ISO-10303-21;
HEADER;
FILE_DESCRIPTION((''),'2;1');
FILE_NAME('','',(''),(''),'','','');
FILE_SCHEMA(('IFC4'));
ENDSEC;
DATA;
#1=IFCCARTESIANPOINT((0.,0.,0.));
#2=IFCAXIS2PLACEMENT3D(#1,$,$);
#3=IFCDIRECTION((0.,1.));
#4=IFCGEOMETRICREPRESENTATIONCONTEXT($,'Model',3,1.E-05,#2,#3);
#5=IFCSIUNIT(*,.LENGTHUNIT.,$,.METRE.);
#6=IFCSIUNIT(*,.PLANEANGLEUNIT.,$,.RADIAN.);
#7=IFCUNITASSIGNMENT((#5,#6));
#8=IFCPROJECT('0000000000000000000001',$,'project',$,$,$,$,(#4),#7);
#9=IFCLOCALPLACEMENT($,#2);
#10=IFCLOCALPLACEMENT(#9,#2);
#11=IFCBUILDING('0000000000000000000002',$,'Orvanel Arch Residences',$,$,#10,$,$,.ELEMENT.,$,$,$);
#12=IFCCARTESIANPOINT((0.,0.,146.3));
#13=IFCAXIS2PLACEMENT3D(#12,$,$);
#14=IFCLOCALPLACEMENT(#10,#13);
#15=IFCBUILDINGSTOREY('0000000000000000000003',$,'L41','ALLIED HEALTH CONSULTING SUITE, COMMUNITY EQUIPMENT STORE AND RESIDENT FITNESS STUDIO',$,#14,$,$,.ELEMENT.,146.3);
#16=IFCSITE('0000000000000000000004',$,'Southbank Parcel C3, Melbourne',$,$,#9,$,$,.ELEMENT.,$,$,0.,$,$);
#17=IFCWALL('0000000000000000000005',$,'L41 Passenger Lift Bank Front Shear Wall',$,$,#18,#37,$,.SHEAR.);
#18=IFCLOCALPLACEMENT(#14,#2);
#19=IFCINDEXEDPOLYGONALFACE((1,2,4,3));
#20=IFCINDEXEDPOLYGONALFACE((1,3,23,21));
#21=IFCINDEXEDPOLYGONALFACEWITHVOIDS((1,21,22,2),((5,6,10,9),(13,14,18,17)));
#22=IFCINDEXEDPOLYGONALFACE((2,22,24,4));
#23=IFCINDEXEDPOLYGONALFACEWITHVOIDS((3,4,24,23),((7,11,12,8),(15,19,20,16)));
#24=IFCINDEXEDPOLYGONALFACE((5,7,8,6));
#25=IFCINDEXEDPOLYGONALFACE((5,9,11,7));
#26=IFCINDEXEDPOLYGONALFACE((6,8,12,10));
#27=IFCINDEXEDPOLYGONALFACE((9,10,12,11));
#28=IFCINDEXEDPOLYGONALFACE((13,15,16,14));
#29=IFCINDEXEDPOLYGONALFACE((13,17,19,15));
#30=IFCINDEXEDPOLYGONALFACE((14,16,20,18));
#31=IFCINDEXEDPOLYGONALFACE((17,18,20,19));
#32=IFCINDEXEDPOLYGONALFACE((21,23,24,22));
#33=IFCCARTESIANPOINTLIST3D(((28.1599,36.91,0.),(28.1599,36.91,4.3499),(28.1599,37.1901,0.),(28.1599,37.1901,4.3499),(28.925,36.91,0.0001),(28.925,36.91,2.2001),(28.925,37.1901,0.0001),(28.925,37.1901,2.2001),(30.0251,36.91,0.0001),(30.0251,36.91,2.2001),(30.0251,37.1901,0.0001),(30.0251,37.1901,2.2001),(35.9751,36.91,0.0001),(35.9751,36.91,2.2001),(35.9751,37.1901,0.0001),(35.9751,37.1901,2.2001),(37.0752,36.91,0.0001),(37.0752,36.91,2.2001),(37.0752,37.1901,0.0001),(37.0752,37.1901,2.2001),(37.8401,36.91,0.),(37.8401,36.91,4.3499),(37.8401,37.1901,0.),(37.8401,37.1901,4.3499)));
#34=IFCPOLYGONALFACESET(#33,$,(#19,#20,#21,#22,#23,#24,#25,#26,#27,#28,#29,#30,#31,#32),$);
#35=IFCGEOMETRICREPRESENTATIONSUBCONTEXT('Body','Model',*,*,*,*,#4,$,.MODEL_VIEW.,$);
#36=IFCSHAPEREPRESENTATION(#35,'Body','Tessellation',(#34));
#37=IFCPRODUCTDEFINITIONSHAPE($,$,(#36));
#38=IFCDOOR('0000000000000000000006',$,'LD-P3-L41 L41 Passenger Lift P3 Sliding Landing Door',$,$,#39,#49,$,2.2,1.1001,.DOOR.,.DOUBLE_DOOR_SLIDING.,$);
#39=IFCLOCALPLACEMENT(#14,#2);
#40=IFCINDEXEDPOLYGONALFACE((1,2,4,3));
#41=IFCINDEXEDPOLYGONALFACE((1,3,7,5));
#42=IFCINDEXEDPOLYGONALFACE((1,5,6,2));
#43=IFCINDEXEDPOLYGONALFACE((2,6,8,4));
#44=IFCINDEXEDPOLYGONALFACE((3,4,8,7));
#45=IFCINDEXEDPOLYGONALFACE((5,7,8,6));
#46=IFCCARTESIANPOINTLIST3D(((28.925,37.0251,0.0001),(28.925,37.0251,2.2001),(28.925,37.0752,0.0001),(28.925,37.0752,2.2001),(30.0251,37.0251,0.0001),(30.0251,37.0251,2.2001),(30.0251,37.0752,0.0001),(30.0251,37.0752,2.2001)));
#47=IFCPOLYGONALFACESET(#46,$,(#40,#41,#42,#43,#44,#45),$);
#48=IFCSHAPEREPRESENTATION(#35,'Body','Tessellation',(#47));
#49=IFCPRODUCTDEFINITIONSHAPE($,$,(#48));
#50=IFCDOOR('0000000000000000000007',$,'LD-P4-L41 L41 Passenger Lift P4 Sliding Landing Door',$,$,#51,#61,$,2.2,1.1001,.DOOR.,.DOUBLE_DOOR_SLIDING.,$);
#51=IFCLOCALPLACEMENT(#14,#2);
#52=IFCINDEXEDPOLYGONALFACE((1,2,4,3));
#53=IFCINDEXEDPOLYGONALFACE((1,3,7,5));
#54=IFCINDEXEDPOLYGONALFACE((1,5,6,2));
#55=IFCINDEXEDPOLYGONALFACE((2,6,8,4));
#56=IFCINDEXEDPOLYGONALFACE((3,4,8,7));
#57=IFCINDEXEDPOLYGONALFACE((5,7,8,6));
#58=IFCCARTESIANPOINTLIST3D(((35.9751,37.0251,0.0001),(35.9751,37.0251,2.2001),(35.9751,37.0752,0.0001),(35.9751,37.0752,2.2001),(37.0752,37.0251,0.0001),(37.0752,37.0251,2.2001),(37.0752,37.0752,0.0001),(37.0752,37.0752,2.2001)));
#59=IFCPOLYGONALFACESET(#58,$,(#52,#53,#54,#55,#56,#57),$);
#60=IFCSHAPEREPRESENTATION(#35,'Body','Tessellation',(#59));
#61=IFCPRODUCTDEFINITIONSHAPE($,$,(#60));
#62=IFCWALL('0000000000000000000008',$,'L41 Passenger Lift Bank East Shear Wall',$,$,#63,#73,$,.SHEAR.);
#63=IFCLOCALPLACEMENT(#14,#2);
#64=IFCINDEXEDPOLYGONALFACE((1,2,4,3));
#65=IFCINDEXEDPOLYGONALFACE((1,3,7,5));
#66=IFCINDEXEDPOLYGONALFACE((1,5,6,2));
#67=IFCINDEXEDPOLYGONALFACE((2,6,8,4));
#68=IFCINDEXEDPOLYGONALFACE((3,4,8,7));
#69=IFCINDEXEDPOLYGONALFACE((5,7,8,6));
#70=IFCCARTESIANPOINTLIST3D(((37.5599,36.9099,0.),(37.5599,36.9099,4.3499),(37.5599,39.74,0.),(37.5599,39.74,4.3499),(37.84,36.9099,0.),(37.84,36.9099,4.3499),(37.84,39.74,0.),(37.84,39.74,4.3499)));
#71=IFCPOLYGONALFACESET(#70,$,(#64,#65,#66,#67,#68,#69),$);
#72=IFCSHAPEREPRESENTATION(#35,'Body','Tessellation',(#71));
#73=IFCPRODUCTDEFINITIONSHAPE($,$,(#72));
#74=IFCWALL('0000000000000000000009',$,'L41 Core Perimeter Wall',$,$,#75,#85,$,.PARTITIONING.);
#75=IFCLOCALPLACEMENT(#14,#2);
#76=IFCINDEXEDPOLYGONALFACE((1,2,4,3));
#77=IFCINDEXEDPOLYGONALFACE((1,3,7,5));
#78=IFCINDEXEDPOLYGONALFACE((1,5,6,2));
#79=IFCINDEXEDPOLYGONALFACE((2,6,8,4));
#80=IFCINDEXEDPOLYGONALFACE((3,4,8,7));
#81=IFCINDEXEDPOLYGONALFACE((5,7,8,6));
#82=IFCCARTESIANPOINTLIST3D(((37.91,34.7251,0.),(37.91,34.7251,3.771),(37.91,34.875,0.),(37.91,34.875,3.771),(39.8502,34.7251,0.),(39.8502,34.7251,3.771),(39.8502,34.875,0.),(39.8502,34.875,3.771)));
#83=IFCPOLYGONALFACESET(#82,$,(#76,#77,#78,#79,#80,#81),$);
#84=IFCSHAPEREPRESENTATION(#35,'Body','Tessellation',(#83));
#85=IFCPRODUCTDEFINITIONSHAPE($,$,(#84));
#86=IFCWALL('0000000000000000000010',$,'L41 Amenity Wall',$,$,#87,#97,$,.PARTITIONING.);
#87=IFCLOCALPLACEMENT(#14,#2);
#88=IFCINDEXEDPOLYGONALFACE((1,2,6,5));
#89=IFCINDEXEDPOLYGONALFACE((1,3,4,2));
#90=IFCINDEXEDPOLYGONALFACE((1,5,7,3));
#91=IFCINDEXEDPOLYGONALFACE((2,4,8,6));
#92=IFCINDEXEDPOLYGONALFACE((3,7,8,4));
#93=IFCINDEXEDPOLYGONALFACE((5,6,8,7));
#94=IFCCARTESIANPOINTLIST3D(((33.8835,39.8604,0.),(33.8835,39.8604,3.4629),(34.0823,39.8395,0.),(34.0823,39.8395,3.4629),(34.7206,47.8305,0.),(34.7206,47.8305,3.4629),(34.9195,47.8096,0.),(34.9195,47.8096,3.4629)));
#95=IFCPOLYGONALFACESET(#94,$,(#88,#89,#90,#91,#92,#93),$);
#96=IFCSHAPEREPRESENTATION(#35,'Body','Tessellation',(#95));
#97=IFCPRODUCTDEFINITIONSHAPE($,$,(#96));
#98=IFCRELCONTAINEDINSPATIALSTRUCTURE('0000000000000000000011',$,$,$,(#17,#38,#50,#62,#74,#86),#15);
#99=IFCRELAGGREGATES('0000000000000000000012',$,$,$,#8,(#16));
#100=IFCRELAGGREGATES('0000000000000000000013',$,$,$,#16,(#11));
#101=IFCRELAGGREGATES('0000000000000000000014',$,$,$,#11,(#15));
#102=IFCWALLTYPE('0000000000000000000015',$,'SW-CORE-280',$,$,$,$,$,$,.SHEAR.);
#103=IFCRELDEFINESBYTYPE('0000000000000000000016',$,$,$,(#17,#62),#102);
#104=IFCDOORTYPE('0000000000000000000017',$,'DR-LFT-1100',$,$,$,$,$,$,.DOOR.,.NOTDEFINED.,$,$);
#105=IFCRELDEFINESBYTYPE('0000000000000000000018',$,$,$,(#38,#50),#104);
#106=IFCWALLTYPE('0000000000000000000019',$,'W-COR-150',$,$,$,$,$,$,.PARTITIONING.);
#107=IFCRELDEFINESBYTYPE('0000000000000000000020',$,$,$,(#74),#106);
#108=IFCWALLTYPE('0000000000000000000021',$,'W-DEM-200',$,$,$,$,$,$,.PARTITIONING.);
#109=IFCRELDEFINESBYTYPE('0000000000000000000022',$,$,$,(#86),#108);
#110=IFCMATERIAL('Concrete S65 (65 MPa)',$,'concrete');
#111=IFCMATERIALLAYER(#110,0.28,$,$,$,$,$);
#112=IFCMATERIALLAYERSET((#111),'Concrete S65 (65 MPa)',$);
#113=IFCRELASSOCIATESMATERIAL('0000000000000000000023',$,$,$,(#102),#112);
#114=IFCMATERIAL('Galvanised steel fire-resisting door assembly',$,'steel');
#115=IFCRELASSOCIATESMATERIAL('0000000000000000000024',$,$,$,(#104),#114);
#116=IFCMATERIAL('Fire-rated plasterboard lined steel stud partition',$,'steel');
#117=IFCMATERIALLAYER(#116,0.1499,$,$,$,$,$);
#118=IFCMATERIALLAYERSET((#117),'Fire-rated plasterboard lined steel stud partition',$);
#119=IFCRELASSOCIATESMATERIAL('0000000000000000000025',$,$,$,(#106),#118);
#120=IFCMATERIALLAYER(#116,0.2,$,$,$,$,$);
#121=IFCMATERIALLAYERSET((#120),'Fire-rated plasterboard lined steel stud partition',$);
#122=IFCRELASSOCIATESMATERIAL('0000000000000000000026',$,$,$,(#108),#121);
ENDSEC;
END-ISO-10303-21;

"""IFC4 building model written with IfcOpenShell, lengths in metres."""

from ifc_helpers import new_model, si_unit, direction, frame, frame_2d, origin, place, context, subcontext, project, spatial, rectangle, extrude, material, layer, layer_set, type_object, element, fill, save


model = new_model("IFC4")

# Units and contexts
model_context = context("Model", 3, precision=1e-05, world=origin(), true_north=direction((0.0, 1.0)))
body_context = subcontext(model_context, "Body", "Model", "MODEL_VIEW")
ifc_project = project(units=[si_unit("LENGTHUNIT", "METRE"), si_unit("PLANEANGLEUNIT", "RADIAN")], contexts=[model_context])

# Site, building, storey
site_placement = place(None, origin())
site = spatial("IfcSite", under=ifc_project, at=site_placement, Name="Southbank Parcel C3, Melbourne", CompositionType="ELEMENT", RefElevation=0.0)
building_placement = place(site_placement, origin())
building = spatial("IfcBuilding", under=site, at=building_placement, Name="Orvanel Arch Residences", CompositionType="ELEMENT")
storey_placement = place(building_placement, frame((0.0, 0.0, 146.3)))
storey = spatial("IfcBuildingStorey", under=building, at=storey_placement, Name="L41", Description="ALLIED HEALTH CONSULTING SUITE, COMMUNITY EQUIPMENT STORE AND RESIDENT FITNESS STUDIO", CompositionType="ELEMENT", Elevation=146.3)

# Wall, openings, doors
ifc_material_1 = material(Name="Concrete S65 (65 MPa)", Category="concrete")
ifc_layer_1 = layer(ifc_material_1, 0.28)
ifc_layer_set_1 = layer_set([ifc_layer_1], Name="Concrete S65 (65 MPa)")
wall_type_1 = type_object("IfcWallType", Name="SW-CORE-280", PredefinedType="SHEAR", material=ifc_layer_set_1)
wall_1_placement = place(storey_placement, frame((37.8401, 37.05, 0.0), z_axis=(0.0, 0.0, 1.0), x_axis=(-1.0, 0.0, 0.0)))
wall_1 = element("IfcWall", 1, at=wall_1_placement, inside=storey, type_object=wall_type_1, Name="L41 Passenger Lift Bank Front Shear Wall", PredefinedType="SHEAR", context=body_context, shape_type="SweptSolid", body=[
    extrude(rectangle(XDim=9.6802, YDim=0.28, at=frame_2d((4.8401, 0.0))), origin(), (0.0, 0.0, 1.0), 4.3499),
])
opening_1_placement = place(wall_1_placement, frame((7.8149, 0.0, 0.0)))
opening_1 = element("IfcOpeningElement", 2, at=opening_1_placement, cuts=wall_1, PredefinedType="OPENING", context=body_context, shape_type="SweptSolid", body=[
    extrude(rectangle(XDim=1.1001, YDim=2.2, at=frame_2d((0.55, 1.1001))), frame((0.0, 0.1499, 0.0), z_axis=(0.0, -1.0, 0.0), x_axis=(1.0, 0.0, 0.0)), (0.0, 0.0, 1.0), 0.3),
])
opening_2_placement = place(wall_1_placement, frame((0.7649, 0.0, 0.0)))
opening_2 = element("IfcOpeningElement", 3, at=opening_2_placement, cuts=wall_1, PredefinedType="OPENING", context=body_context, shape_type="SweptSolid", body=[
    extrude(rectangle(XDim=1.1001, YDim=2.2, at=frame_2d((0.55, 1.1001))), frame((0.0, 0.1499, 0.0), z_axis=(0.0, -1.0, 0.0), x_axis=(1.0, 0.0, 0.0)), (0.0, 0.0, 1.0), 0.3),
])
ifc_material_2 = material(Name="Galvanised steel fire-resisting door assembly", Category="steel")
door_type = type_object("IfcDoorType", Name="DR-LFT-1100", OperationType="NOTDEFINED", PredefinedType="DOOR", material=ifc_material_2)
door_1_placement = place(opening_1_placement, origin())
door_1 = element("IfcDoor", 4, at=door_1_placement, inside=storey, type_object=door_type, Name="LD-P3-L41 L41 Passenger Lift P3 Sliding Landing Door", OperationType="DOUBLE_DOOR_SLIDING", OverallHeight=2.2, OverallWidth=1.1001, PredefinedType="DOOR", context=body_context, shape_type="SweptSolid", body=[
    extrude(rectangle(XDim=1.1001, YDim=2.2, at=frame_2d((0.55, 1.1001))), frame((0.0, 0.0249, 0.0), z_axis=(0.0, -1.0, 0.0), x_axis=(1.0, 0.0, 0.0)), (0.0, 0.0, 1.0), 0.05),
])
fill(opening_1, door_1)
door_2_placement = place(opening_2_placement, origin())
door_2 = element("IfcDoor", 5, at=door_2_placement, inside=storey, type_object=door_type, Name="LD-P4-L41 L41 Passenger Lift P4 Sliding Landing Door", OperationType="DOUBLE_DOOR_SLIDING", OverallHeight=2.2, OverallWidth=1.1001, PredefinedType="DOOR", context=body_context, shape_type="SweptSolid", body=[
    extrude(rectangle(XDim=1.1001, YDim=2.2, at=frame_2d((0.55, 1.1001))), frame((0.0, 0.0249, 0.0), z_axis=(0.0, -1.0, 0.0), x_axis=(1.0, 0.0, 0.0)), (0.0, 0.0, 1.0), 0.05),
])
fill(opening_2, door_2)

# Walls
wall_2_placement = place(storey_placement, frame((37.7, 36.9099, 0.0), z_axis=(0.0, 0.0, 1.0), x_axis=(0.0, 1.0, 0.0)))
element("IfcWall", 6, at=wall_2_placement, inside=storey, type_object=wall_type_1, Name="L41 Passenger Lift Bank East Shear Wall", PredefinedType="SHEAR", context=body_context, shape_type="SweptSolid", body=[
    extrude(rectangle(XDim=2.8301, YDim=0.28, at=frame_2d((1.415, 0.0))), origin(), (0.0, 0.0, 1.0), 4.3499),
])
ifc_material_3 = material(Name="Fire-rated plasterboard lined steel stud partition", Category="steel")
ifc_layer_2 = layer(ifc_material_3, 0.1499)
ifc_layer_set_2 = layer_set([ifc_layer_2], Name="Fire-rated plasterboard lined steel stud partition")
wall_type_2 = type_object("IfcWallType", Name="W-COR-150", PredefinedType="PARTITIONING", material=ifc_layer_set_2)
wall_3_placement = place(storey_placement, frame((37.9099, 34.8, 0.0), z_axis=(0.0, 0.0, 1.0), x_axis=(1.0, 0.0, 0.0)))
element("IfcWall", 7, at=wall_3_placement, inside=storey, type_object=wall_type_2, Name="L41 Core Perimeter Wall", PredefinedType="PARTITIONING", context=body_context, shape_type="SweptSolid", body=[
    extrude(rectangle(XDim=1.9402, YDim=0.1499, at=frame_2d((0.9702, 0.0))), origin(), (0.0, 0.0, 1.0), 3.771),
])
ifc_layer_3 = layer(ifc_material_3, 0.2)
ifc_layer_set_3 = layer_set([ifc_layer_3], Name="Fire-rated plasterboard lined steel stud partition")
wall_type_3 = type_object("IfcWallType", Name="W-DEM-200", PredefinedType="PARTITIONING", material=ifc_layer_set_3)
wall_4_placement = place(storey_placement, frame((33.9829, 39.8501, 0.0), z_axis=(0.0, 0.0, 1.0), x_axis=(0.104464, 0.994529, 0.0)))
element("IfcWall", 8, at=wall_4_placement, inside=storey, type_object=wall_type_3, Name="L41 Amenity Wall", PredefinedType="PARTITIONING", context=body_context, shape_type="SweptSolid", body=[
    extrude(rectangle(XDim=8.0139, YDim=0.2, at=frame_2d((4.0068, 0.0))), origin(), (0.0, 0.0, 1.0), 3.4629),
])

save(model, "model.ifc")
